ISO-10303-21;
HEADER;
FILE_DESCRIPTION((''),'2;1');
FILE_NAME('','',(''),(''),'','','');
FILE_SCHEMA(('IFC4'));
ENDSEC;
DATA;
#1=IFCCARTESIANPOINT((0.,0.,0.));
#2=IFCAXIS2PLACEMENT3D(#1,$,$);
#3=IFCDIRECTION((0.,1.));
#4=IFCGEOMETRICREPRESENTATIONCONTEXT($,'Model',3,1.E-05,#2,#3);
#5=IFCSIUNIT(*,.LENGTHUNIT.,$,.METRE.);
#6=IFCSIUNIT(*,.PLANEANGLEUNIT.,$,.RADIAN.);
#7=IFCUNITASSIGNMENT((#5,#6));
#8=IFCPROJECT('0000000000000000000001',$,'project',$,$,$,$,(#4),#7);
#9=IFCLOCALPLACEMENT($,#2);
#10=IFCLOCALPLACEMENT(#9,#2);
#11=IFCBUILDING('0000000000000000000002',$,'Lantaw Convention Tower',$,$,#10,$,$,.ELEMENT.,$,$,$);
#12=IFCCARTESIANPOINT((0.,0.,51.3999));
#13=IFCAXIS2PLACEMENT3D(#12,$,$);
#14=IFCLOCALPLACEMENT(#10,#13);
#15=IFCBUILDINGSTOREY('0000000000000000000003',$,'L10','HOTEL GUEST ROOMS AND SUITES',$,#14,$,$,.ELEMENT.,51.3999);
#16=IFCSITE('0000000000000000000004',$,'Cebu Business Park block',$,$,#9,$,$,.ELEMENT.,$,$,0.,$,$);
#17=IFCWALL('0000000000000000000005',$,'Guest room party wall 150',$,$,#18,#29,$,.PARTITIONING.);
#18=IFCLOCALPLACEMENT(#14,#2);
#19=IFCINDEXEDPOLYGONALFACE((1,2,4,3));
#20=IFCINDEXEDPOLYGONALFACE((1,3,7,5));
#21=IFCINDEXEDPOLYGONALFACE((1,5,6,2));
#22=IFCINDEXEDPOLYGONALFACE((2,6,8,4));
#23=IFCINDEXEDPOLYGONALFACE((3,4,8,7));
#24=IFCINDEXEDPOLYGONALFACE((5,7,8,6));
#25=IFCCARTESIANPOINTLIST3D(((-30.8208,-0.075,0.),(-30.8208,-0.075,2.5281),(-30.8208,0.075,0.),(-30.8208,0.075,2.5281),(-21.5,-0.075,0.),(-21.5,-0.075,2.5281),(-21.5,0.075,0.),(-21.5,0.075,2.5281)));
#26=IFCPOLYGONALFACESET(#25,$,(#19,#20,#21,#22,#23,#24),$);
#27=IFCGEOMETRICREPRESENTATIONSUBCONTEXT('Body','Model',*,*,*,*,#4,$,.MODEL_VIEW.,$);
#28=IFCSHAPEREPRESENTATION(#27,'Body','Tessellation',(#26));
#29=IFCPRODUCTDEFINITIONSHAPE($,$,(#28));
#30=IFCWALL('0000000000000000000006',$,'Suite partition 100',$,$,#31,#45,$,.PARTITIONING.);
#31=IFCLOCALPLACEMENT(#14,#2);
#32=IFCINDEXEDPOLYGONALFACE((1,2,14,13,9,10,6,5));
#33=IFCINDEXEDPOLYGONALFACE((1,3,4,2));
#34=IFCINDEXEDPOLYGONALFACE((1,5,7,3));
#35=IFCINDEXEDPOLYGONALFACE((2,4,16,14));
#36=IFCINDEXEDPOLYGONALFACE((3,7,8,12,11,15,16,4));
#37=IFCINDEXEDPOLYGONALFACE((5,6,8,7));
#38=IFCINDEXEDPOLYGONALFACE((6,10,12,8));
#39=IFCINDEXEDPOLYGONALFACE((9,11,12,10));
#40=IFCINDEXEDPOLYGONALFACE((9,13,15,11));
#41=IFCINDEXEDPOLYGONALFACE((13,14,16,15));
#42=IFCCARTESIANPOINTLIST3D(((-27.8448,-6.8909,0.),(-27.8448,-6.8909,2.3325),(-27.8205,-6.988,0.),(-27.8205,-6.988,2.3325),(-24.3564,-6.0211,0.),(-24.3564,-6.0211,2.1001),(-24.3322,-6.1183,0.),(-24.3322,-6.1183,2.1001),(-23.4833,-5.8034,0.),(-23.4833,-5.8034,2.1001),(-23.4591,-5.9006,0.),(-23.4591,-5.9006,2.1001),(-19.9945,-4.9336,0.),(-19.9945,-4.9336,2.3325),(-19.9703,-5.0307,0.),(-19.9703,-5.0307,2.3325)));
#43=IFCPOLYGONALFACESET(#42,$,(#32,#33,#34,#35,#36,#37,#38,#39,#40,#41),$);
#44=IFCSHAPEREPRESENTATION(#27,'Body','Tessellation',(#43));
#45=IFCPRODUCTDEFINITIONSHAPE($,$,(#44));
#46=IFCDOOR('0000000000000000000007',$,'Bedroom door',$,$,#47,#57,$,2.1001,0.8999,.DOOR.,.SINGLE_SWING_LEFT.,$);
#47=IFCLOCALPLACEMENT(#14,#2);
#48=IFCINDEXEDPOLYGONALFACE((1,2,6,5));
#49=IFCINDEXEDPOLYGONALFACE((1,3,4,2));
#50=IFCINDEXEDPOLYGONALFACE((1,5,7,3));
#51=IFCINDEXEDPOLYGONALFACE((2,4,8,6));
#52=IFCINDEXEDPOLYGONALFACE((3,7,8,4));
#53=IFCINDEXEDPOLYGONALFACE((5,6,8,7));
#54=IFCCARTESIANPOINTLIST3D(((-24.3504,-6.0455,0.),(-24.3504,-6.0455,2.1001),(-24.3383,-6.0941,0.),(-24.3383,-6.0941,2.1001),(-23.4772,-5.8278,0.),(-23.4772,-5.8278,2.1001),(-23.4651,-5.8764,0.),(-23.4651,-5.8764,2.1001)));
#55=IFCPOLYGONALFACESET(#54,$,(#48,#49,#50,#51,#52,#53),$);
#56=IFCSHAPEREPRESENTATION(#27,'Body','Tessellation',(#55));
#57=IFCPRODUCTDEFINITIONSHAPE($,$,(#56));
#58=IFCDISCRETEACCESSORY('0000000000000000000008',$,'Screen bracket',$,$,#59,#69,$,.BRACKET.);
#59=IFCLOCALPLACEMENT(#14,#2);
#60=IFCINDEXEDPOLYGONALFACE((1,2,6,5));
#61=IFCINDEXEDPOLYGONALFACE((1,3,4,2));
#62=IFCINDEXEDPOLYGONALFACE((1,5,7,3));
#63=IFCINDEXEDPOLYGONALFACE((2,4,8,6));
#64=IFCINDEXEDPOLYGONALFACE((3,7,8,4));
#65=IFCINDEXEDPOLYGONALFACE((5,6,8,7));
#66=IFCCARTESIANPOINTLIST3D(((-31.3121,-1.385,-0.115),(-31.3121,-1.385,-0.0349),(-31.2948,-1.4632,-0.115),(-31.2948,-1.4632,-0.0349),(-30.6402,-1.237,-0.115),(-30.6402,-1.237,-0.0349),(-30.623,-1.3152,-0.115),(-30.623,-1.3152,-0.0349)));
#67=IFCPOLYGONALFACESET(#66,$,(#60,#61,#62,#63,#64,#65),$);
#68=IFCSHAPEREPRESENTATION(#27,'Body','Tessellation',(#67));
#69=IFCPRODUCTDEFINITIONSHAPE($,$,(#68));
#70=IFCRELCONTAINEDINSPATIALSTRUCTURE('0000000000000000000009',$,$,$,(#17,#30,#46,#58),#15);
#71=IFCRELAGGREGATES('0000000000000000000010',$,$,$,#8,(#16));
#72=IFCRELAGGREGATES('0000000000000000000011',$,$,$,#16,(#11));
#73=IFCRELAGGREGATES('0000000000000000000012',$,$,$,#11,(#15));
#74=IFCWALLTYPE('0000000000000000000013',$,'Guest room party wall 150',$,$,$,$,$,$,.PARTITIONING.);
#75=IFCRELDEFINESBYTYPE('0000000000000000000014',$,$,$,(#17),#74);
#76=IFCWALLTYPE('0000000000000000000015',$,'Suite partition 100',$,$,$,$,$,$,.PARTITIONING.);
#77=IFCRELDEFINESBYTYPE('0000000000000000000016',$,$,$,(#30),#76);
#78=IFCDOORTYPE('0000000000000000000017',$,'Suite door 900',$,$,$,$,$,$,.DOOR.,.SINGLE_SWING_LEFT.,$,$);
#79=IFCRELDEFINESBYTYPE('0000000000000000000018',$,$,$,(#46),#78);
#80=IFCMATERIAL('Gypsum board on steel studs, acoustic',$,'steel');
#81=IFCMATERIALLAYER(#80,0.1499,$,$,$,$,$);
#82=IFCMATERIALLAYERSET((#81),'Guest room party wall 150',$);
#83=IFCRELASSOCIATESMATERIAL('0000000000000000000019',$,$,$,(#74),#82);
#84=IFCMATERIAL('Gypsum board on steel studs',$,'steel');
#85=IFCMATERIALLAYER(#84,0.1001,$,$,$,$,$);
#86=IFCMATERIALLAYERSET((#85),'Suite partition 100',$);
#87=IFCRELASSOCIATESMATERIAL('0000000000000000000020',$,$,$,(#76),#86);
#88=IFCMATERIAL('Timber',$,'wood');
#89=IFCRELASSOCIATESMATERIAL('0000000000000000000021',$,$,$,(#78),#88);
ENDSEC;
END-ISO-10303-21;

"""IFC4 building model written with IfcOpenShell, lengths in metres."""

from ifc_helpers import new_model, si_unit, direction, frame, frame_2d, origin, origin_2d, place, context, subcontext, project, spatial, rectangle, extrude, material, layer, layer_set, type_object, element, fill, save


model = new_model("IFC4")

# Units and contexts
model_context = context("Model", 3, precision=1e-05, world=origin(), true_north=direction((0.0, 1.0)))
body_context = subcontext(model_context, "Body", "Model", "MODEL_VIEW")
ifc_project = project(units=[si_unit("LENGTHUNIT", "METRE"), si_unit("PLANEANGLEUNIT", "RADIAN")], contexts=[model_context])

# Site, building, storey
site_placement = place(None, origin())
site = spatial("IfcSite", under=ifc_project, at=site_placement, Name="Cebu Business Park block", CompositionType="ELEMENT", RefElevation=0.0)
building_placement = place(site_placement, origin())
building = spatial("IfcBuilding", under=site, at=building_placement, Name="Lantaw Convention Tower", CompositionType="ELEMENT")
storey_placement = place(building_placement, frame((0.0, 0.0, 51.3999)))
storey = spatial("IfcBuildingStorey", under=building, at=storey_placement, Name="L10", Description="HOTEL GUEST ROOMS AND SUITES", CompositionType="ELEMENT", Elevation=51.3999)

# Shared definitions
ifc_material_1 = material(Name="Timber", Category="wood")

# Wall
ifc_material_2 = material(Name="Gypsum board on steel studs, acoustic", Category="steel")
ifc_layer_1 = layer(ifc_material_2, 0.1499)
ifc_layer_set_1 = layer_set([ifc_layer_1], Name="Guest room party wall 150")
wall_type_1 = type_object("IfcWallType", Name="Guest room party wall 150", PredefinedType="PARTITIONING", material=ifc_layer_set_1)
wall_1_placement = place(storey_placement, frame((-30.8208, 0.0, 0.0), z_axis=(0.0, 0.0, 1.0), x_axis=(1.0, 0.0, 0.0)))
element("IfcWall", 1, at=wall_1_placement, inside=storey, type_object=wall_type_1, Name="Guest room party wall 150", PredefinedType="PARTITIONING", context=body_context, shape_type="SweptSolid", body=[
    extrude(rectangle(XDim=9.3208, YDim=0.1499, at=frame_2d((4.6604, 0.0))), origin(), (0.0, 0.0, 1.0), 2.5281),
])

# Wall, opening, door
ifc_material_3 = material(Name="Gypsum board on steel studs", Category="steel")
ifc_layer_2 = layer(ifc_material_3, 0.1001)
ifc_layer_set_2 = layer_set([ifc_layer_2], Name="Suite partition 100")
wall_type_2 = type_object("IfcWallType", Name="Suite partition 100", PredefinedType="PARTITIONING", material=ifc_layer_set_2)
wall_2_placement = place(storey_placement, frame((-27.8328, -6.9395, 0.0), z_axis=(0.0, 0.0, 1.0), x_axis=(0.970297, 0.241918, 0.0)))
wall_2 = element("IfcWall", 2, at=wall_2_placement, inside=storey, type_object=wall_type_2, Name="Suite partition 100", PredefinedType="PARTITIONING", context=body_context, shape_type="SweptSolid", body=[
    extrude(rectangle(XDim=8.0906, YDim=0.1001, at=frame_2d((4.0454, 0.0))), origin(), (0.0, 0.0, 1.0), 2.3325),
])
opening_1_placement = place(wall_2_placement, frame((3.5952, 0.0, 0.0)))
opening_1 = element("IfcOpeningElement", 3, at=opening_1_placement, cuts=wall_2, PredefinedType="OPENING", context=body_context, shape_type="SweptSolid", body=[
    extrude(rectangle(XDim=0.8999, YDim=2.1001, at=frame_2d((0.45, 1.05))), frame((0.0, 0.0601, 0.0), z_axis=(0.0, -1.0, 0.0), x_axis=(1.0, 0.0, 0.0)), (0.0, 0.0, 1.0), 0.1201),
])
door_type_1 = type_object("IfcDoorType", Name="Suite door 900", OperationType="SINGLE_SWING_LEFT", PredefinedType="DOOR", material=ifc_material_1)
door_1_placement = place(opening_1_placement, origin())
door_1 = element("IfcDoor", 4, at=door_1_placement, inside=storey, type_object=door_type_1, Name="Bedroom door", OperationType="SINGLE_SWING_LEFT", OverallHeight=2.1001, OverallWidth=0.8999, PredefinedType="DOOR", context=body_context, shape_type="SweptSolid", body=[
    extrude(rectangle(XDim=0.8999, YDim=2.1001, at=frame_2d((0.45, 1.05))), frame((0.0, 0.0249, 0.0), z_axis=(0.0, -1.0, 0.0), x_axis=(1.0, 0.0, 0.0)), (0.0, 0.0, 1.0), 0.05),
])
fill(opening_1, door_1)

# Discrete accessory
discrete_accessory_placement = place(storey_placement, frame((-30.9675, -1.3501, -0.115), z_axis=(0.0, 0.0, 1.0), x_axis=(0.215246, -0.97656, 0.0)))
element("IfcDiscreteAccessory", 5, at=discrete_accessory_placement, inside=storey, Name="Screen bracket", PredefinedType="BRACKET", context=body_context, shape_type="SweptSolid", body=[
    extrude(rectangle(XDim=0.0801, YDim=0.688, at=origin_2d()), origin(), (0.0, 0.0, 1.0), 0.0801),
])

save(model, "model.ifc")
